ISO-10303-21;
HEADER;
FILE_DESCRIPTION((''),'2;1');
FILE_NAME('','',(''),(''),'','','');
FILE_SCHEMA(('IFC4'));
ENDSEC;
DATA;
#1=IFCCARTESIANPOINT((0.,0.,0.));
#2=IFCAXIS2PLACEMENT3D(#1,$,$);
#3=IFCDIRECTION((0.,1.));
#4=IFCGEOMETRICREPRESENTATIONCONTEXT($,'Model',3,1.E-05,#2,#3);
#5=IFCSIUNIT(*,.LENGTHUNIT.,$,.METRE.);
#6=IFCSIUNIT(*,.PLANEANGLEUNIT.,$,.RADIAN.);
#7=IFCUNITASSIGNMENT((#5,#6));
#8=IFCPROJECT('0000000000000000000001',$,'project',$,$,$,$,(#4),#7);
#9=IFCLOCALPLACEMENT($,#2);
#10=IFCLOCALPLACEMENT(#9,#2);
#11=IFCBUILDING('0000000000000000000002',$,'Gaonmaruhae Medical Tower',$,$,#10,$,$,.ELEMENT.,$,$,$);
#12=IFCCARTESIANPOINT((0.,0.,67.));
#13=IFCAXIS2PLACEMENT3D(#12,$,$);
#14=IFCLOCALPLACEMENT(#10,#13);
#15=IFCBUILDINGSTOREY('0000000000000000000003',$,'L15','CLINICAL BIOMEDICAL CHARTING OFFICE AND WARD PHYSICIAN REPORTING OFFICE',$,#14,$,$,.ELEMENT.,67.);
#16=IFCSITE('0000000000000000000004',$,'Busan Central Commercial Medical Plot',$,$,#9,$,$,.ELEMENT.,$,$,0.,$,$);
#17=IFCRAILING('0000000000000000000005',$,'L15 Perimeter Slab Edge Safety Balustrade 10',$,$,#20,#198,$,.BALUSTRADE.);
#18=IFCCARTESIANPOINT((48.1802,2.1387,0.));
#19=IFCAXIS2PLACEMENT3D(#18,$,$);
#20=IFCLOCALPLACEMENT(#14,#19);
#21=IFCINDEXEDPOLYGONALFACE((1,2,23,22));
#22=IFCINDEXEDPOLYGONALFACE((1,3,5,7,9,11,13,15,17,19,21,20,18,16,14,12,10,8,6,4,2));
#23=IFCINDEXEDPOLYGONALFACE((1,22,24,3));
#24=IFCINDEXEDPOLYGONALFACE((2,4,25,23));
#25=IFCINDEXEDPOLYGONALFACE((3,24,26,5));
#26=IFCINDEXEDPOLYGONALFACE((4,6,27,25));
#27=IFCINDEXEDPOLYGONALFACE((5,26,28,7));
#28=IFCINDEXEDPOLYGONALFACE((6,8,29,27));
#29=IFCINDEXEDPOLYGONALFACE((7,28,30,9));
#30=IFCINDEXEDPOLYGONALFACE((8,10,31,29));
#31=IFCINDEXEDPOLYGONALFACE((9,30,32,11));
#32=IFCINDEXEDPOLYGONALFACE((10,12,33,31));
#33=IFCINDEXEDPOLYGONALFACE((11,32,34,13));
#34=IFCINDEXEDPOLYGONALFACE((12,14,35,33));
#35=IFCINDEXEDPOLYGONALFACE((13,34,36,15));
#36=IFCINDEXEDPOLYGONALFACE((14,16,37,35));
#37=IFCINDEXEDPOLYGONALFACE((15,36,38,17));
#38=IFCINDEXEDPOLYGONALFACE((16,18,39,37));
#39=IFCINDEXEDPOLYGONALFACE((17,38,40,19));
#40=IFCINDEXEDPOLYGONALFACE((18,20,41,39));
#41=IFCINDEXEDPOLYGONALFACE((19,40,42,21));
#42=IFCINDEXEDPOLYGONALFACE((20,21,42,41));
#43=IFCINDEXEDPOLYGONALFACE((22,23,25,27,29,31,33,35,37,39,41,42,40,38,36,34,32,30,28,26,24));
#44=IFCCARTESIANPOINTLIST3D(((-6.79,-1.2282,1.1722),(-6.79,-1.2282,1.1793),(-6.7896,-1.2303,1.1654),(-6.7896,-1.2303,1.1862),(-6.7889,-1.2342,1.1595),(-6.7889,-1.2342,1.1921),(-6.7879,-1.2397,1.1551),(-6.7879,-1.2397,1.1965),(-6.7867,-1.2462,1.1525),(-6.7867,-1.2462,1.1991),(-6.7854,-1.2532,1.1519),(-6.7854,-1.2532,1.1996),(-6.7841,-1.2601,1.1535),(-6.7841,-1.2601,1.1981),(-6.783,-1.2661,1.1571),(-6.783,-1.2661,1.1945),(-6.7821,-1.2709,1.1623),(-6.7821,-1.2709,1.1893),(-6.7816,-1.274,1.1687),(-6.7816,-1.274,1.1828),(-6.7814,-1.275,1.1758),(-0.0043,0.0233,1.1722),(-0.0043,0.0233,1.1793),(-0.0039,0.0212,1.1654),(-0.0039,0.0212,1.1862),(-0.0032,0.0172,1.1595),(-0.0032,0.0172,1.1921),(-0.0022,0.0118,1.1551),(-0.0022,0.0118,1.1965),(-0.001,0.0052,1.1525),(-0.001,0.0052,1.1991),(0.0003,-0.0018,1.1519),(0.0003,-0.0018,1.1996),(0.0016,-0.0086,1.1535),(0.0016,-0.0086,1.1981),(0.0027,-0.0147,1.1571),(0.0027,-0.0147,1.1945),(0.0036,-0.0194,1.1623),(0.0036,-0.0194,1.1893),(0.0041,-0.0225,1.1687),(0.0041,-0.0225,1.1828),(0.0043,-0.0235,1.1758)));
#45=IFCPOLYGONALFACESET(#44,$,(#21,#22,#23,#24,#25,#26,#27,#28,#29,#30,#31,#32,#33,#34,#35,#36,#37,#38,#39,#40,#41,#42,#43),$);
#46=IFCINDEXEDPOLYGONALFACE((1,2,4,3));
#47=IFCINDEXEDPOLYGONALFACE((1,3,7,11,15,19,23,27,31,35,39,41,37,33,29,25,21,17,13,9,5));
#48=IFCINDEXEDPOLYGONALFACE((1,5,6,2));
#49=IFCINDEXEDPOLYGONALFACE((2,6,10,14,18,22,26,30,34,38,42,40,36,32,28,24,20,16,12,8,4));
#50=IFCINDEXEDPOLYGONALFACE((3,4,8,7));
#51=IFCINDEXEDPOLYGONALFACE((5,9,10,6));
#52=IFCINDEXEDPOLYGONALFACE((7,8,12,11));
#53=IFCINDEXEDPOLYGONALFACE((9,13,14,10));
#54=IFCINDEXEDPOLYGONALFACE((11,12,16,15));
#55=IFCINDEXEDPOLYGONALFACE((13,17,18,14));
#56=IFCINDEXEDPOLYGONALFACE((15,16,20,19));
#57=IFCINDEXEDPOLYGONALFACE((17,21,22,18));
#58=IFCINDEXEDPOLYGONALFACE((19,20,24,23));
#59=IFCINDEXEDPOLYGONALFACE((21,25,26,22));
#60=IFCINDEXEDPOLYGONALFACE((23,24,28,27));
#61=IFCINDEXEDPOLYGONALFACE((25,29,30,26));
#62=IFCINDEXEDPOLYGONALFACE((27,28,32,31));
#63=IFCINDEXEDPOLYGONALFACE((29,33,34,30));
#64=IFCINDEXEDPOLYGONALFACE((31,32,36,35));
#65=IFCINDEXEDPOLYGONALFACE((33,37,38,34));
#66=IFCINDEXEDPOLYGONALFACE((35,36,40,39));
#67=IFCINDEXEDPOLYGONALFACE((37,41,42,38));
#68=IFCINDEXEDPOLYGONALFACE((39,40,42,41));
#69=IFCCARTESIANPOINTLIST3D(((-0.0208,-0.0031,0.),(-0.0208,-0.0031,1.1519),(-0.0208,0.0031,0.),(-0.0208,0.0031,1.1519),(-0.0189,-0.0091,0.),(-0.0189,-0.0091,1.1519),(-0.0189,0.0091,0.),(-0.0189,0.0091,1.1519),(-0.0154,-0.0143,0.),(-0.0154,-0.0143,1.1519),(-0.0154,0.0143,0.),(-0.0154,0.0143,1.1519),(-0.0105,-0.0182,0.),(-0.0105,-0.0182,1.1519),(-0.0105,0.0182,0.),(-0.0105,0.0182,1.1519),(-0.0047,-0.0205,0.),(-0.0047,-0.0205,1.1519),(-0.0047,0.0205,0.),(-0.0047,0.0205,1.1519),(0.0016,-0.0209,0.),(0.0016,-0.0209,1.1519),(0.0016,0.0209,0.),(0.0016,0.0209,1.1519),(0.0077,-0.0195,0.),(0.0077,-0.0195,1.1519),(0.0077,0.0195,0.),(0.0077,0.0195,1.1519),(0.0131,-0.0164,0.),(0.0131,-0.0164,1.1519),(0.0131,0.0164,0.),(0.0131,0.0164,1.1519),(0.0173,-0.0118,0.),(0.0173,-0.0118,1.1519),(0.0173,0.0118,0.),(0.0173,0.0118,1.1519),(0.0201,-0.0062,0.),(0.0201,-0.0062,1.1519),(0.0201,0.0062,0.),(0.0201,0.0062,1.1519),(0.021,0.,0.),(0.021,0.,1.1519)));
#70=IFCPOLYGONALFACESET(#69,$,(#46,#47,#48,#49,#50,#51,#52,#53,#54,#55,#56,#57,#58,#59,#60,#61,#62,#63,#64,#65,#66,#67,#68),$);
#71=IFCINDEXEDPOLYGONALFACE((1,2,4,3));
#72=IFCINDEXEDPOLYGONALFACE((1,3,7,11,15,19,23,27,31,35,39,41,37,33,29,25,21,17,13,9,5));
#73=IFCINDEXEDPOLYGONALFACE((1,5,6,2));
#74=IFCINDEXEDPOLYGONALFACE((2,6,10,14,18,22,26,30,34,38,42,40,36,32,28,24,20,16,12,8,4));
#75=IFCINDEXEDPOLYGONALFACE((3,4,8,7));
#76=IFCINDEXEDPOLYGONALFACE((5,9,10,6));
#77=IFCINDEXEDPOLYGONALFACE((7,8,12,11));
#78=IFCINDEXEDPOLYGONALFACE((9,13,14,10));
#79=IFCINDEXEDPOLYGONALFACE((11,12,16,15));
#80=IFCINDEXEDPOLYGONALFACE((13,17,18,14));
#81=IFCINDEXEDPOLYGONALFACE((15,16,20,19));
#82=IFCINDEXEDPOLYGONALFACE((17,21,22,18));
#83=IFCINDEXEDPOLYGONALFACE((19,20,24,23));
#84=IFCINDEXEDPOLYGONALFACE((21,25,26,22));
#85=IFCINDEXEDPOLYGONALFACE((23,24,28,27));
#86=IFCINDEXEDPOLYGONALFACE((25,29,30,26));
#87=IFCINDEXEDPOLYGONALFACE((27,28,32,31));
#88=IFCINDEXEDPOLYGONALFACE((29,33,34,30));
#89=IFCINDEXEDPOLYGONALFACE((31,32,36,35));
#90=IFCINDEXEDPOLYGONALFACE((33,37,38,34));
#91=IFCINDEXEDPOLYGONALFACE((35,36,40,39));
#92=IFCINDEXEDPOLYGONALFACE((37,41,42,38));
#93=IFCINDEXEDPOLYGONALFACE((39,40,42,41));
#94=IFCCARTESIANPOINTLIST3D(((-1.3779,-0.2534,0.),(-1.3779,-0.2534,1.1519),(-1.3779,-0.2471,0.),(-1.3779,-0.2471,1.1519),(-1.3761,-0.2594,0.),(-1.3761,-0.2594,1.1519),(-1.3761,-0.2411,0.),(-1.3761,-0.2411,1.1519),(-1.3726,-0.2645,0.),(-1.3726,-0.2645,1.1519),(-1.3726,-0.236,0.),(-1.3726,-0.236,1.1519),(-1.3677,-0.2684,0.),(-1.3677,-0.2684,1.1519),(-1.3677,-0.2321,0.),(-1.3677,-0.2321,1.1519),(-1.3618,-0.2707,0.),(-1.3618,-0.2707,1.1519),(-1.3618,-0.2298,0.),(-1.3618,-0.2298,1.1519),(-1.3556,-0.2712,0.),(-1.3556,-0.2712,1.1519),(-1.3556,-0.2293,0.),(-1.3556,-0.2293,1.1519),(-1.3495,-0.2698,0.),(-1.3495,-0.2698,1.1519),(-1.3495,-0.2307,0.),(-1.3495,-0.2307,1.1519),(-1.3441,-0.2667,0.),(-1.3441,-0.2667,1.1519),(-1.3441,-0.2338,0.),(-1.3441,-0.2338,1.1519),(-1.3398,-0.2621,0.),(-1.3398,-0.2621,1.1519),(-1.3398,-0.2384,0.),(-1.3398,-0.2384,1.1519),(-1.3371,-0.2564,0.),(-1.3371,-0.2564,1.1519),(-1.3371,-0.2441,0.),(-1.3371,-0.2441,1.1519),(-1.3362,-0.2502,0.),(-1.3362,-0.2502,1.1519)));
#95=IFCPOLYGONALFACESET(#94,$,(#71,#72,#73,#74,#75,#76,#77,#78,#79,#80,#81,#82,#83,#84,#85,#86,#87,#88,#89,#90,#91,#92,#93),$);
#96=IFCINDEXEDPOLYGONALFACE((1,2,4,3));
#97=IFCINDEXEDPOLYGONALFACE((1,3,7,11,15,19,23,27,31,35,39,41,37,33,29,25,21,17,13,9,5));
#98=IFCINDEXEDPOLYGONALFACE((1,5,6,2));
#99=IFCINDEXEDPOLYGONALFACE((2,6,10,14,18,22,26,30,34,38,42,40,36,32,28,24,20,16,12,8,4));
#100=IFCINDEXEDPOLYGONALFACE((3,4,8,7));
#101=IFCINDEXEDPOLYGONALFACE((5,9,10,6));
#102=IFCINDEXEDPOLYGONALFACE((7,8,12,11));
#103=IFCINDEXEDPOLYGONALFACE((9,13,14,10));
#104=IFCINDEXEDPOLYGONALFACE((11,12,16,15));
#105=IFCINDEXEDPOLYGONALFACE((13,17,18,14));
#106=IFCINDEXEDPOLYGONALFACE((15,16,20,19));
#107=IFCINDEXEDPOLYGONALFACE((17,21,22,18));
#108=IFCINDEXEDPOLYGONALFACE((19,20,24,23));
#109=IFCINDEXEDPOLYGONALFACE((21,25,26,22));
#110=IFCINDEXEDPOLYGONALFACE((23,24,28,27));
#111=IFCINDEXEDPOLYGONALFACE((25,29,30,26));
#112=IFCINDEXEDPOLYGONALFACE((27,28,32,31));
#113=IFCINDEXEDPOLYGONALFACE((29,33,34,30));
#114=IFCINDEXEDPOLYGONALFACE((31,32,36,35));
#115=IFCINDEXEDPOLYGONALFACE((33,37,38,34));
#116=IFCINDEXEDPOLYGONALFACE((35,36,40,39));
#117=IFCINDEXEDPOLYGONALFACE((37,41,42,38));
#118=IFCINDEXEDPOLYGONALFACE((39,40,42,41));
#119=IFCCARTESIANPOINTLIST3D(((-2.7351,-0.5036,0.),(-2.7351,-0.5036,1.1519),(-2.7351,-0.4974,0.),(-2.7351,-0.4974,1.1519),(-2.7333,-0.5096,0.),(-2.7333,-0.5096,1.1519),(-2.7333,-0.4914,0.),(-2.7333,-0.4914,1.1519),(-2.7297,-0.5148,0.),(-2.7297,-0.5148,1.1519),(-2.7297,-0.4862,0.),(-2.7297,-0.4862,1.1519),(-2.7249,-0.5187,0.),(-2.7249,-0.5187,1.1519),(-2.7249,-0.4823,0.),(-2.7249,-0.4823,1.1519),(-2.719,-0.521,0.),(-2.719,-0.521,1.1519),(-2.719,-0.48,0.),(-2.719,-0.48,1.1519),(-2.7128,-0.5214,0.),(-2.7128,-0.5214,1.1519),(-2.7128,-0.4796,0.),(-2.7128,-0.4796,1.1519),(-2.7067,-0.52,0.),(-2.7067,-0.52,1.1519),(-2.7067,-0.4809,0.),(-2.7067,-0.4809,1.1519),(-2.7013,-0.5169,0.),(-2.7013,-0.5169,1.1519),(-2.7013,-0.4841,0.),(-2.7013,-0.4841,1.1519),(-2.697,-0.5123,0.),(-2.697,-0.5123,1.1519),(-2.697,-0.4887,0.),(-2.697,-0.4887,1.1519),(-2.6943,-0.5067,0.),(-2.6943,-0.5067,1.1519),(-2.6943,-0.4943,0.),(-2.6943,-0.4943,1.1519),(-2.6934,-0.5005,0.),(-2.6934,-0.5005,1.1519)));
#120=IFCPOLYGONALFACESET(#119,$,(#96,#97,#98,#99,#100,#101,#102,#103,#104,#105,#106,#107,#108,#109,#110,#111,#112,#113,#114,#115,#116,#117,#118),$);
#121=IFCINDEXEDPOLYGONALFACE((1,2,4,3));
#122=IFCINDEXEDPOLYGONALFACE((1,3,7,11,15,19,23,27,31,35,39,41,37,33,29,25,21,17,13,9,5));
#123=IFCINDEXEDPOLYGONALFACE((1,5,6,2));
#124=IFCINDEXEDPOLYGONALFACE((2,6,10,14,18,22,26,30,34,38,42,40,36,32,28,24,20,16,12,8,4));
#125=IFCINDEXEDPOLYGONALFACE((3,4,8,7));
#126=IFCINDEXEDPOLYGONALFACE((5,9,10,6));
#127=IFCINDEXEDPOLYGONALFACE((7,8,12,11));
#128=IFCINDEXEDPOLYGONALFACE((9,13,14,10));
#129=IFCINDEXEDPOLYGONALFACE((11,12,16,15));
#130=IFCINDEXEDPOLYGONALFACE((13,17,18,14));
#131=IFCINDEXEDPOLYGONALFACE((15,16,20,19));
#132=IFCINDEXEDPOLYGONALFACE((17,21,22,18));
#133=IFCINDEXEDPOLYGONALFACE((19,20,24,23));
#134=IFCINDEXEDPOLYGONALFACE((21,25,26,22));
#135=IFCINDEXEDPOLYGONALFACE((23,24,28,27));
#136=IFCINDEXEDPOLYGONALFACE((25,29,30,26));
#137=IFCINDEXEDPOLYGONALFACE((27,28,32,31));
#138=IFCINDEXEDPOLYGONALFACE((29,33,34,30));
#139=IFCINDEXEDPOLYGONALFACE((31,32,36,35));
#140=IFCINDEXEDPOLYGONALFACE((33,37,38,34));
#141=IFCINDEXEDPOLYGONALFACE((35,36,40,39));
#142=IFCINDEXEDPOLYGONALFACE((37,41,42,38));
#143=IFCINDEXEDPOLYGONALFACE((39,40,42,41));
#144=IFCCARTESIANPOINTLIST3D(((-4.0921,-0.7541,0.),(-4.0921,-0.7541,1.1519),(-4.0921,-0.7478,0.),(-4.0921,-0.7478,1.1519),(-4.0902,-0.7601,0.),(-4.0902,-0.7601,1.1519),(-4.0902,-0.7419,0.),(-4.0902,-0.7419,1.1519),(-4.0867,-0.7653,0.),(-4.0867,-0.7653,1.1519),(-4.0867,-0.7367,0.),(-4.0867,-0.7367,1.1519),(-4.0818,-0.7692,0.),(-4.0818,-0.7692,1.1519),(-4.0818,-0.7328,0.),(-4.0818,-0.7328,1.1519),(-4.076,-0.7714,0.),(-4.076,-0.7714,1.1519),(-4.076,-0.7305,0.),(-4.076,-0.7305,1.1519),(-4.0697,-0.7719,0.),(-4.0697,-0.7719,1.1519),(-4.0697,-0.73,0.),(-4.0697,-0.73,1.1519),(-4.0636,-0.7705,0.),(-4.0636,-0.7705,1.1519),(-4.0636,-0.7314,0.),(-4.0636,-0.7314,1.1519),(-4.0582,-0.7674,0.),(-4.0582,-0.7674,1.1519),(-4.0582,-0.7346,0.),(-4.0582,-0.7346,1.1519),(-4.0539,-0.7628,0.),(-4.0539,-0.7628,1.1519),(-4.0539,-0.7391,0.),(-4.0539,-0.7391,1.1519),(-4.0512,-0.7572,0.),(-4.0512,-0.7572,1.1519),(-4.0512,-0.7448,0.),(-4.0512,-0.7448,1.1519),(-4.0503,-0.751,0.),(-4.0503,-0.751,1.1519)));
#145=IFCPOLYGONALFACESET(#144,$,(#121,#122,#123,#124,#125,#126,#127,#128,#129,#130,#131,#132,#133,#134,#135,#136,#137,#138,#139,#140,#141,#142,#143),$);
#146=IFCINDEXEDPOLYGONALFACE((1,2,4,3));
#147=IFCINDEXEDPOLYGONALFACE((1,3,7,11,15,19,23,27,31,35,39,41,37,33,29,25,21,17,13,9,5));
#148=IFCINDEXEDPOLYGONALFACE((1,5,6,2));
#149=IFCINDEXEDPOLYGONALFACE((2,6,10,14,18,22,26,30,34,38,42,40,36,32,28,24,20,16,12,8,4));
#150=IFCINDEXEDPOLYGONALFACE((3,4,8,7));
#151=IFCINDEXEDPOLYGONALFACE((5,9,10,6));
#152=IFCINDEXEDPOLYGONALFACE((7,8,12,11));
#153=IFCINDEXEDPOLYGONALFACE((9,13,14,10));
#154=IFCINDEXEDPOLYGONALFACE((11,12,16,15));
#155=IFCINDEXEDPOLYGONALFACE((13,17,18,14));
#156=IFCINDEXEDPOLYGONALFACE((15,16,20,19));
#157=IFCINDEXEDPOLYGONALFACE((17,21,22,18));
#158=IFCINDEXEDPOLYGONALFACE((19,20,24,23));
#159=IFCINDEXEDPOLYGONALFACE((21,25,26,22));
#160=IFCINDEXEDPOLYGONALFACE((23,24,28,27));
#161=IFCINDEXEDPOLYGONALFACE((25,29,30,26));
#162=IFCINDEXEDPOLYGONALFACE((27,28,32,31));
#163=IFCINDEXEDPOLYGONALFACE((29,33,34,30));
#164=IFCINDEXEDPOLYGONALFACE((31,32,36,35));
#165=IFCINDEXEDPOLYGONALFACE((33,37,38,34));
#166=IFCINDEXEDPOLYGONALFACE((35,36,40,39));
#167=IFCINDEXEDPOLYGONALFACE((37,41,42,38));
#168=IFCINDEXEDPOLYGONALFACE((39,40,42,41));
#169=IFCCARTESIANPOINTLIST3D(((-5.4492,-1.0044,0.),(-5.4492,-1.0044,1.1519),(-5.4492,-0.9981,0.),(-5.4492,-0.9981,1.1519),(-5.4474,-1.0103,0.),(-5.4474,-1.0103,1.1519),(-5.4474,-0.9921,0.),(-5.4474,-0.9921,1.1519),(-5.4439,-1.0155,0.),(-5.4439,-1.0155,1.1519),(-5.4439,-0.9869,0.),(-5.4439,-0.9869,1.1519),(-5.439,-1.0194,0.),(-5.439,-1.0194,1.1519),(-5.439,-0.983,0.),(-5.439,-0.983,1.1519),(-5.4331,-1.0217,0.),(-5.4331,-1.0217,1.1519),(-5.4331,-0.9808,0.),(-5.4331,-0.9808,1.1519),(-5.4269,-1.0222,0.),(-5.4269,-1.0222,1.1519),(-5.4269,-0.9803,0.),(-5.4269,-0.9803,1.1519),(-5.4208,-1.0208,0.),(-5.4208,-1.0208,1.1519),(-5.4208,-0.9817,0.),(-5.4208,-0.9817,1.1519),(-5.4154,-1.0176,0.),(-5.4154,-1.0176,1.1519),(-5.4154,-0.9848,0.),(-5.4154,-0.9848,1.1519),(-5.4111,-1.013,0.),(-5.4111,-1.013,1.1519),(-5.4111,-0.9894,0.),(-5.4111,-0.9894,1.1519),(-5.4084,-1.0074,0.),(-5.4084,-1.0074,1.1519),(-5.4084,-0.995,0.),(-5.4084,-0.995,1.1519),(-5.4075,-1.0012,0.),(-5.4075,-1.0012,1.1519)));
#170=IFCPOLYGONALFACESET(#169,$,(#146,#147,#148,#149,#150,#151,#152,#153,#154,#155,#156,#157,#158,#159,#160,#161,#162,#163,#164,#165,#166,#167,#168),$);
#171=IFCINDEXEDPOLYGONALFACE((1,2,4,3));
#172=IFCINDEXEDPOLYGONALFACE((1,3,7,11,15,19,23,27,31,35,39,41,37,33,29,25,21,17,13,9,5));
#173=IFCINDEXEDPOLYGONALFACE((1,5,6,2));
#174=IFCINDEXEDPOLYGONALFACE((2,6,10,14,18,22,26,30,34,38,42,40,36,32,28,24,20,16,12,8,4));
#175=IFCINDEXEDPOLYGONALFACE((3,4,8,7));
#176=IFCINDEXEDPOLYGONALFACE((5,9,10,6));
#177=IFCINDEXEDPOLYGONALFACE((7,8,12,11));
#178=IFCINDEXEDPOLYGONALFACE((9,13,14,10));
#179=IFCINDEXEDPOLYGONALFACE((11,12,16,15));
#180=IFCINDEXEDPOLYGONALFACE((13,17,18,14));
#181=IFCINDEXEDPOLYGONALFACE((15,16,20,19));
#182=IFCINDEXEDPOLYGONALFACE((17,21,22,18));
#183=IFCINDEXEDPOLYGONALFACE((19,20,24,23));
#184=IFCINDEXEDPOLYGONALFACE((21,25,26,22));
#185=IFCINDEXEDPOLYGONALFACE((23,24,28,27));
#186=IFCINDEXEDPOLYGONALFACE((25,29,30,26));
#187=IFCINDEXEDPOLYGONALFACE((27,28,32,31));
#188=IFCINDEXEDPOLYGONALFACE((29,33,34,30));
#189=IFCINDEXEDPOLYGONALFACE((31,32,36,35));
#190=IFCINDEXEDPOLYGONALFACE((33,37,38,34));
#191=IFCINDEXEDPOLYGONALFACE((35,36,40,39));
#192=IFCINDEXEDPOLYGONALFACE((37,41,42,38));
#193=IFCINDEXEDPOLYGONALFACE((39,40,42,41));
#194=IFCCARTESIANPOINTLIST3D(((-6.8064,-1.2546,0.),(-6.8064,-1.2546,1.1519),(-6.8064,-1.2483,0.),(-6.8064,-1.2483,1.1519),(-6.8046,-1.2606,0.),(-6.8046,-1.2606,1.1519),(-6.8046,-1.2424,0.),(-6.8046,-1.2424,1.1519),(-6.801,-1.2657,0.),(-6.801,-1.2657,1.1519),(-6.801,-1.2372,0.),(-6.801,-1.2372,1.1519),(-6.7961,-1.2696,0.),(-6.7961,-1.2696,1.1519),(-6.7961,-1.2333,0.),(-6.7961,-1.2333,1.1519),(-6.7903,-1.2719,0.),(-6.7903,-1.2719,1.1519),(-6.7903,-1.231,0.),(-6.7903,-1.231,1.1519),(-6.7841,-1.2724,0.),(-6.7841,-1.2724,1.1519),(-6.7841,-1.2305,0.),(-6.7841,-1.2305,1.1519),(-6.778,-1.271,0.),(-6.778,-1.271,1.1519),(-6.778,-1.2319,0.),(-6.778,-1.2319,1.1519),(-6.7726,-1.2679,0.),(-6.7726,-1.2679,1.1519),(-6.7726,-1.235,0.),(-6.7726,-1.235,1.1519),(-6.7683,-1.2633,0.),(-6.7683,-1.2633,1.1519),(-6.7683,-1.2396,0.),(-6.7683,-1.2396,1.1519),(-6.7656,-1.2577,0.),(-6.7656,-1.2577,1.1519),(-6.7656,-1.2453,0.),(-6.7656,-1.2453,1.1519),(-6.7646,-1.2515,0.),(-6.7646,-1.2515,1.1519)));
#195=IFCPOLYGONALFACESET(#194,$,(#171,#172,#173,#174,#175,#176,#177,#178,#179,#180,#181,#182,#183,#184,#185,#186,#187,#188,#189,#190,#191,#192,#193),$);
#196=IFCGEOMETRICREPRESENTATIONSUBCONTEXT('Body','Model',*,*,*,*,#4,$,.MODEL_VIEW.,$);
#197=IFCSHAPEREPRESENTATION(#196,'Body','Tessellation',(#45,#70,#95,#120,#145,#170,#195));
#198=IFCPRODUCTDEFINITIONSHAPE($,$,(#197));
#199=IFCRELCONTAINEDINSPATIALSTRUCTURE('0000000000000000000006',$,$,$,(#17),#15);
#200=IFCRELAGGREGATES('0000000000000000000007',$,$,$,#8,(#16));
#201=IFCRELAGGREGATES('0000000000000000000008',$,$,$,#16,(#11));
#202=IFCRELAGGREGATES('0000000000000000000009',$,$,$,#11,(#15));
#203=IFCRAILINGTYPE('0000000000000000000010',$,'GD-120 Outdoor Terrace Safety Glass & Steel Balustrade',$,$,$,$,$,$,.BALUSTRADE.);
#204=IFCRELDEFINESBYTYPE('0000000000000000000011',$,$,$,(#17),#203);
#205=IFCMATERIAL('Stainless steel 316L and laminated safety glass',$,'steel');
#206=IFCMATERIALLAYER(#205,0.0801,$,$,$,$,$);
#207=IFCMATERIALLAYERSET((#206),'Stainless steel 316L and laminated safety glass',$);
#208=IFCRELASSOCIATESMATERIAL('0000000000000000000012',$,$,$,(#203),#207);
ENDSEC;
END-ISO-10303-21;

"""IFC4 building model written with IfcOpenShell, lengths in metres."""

from ifc_helpers import new_model, si_unit, direction, frame, origin, origin_2d, place, context, subcontext, project, spatial, circle, extrude, material, layer, layer_set, type_object, element, save


model = new_model("IFC4")

# Units and contexts
model_context = context("Model", 3, precision=1e-05, world=origin(), true_north=direction((0.0, 1.0)))
body_context = subcontext(model_context, "Body", "Model", "MODEL_VIEW")
ifc_project = project(units=[si_unit("LENGTHUNIT", "METRE"), si_unit("PLANEANGLEUNIT", "RADIAN")], contexts=[model_context])

# Site, building, storey
site_placement = place(None, origin())
site = spatial("IfcSite", under=ifc_project, at=site_placement, Name="Busan Central Commercial Medical Plot", CompositionType="ELEMENT", RefElevation=0.0)
building_placement = place(site_placement, origin())
building = spatial("IfcBuilding", under=site, at=building_placement, Name="Gaonmaruhae Medical Tower", CompositionType="ELEMENT")
storey_placement = place(building_placement, frame((0.0, 0.0, 67.0)))
storey = spatial("IfcBuildingStorey", under=building, at=storey_placement, Name="L15", Description="CLINICAL BIOMEDICAL CHARTING OFFICE AND WARD PHYSICIAN REPORTING OFFICE", CompositionType="ELEMENT", Elevation=67.0)

# Railing
ifc_material_1 = material(Name="Stainless steel 316L and laminated safety glass", Category="steel")
ifc_layer_1 = layer(ifc_material_1, 0.0801)
ifc_layer_set_1 = layer_set([ifc_layer_1], Name="Stainless steel 316L and laminated safety glass")
railing_type = type_object("IfcRailingType", Name="GD-120 Outdoor Terrace Safety Glass & Steel Balustrade", PredefinedType="BALUSTRADE", material=ifc_layer_set_1)
railing_1_placement = place(storey_placement, frame((48.1802, 2.1387, 0.0)))
element("IfcRailing", 1, at=railing_1_placement, inside=storey, type_object=railing_type, Name="L15 Perimeter Slab Edge Safety Balustrade 10", PredefinedType="BALUSTRADE", context=body_context, shape_type="SweptSolid", body=[
    extrude(circle(Radius=0.0239, at=origin_2d()), frame((0.0, 0.0, 1.1758), z_axis=(-0.983415, -0.18137, 0.0), x_axis=(0.18137, -0.983415, 0.0)), (0.0, 0.0, 1.0), 6.9001),
    extrude(circle(Radius=0.021, at=origin_2d()), origin(), (0.0, 0.0, 1.0), 1.1519),
    extrude(circle(Radius=0.021, at=origin_2d()), frame((-1.3572, -0.2502, 0.0)), (0.0, 0.0, 1.0), 1.1519),
    extrude(circle(Radius=0.021, at=origin_2d()), frame((-2.7144, -0.5005, 0.0)), (0.0, 0.0, 1.0), 1.1519),
    extrude(circle(Radius=0.021, at=origin_2d()), frame((-4.0713, -0.751, 0.0)), (0.0, 0.0, 1.0), 1.1519),
    extrude(circle(Radius=0.021, at=origin_2d()), frame((-5.4285, -1.0012, 0.0)), (0.0, 0.0, 1.0), 1.1519),
    extrude(circle(Radius=0.021, at=origin_2d()), frame((-6.7856, -1.2515, 0.0)), (0.0, 0.0, 1.0), 1.1519),
])

save(model, "model.ifc")
